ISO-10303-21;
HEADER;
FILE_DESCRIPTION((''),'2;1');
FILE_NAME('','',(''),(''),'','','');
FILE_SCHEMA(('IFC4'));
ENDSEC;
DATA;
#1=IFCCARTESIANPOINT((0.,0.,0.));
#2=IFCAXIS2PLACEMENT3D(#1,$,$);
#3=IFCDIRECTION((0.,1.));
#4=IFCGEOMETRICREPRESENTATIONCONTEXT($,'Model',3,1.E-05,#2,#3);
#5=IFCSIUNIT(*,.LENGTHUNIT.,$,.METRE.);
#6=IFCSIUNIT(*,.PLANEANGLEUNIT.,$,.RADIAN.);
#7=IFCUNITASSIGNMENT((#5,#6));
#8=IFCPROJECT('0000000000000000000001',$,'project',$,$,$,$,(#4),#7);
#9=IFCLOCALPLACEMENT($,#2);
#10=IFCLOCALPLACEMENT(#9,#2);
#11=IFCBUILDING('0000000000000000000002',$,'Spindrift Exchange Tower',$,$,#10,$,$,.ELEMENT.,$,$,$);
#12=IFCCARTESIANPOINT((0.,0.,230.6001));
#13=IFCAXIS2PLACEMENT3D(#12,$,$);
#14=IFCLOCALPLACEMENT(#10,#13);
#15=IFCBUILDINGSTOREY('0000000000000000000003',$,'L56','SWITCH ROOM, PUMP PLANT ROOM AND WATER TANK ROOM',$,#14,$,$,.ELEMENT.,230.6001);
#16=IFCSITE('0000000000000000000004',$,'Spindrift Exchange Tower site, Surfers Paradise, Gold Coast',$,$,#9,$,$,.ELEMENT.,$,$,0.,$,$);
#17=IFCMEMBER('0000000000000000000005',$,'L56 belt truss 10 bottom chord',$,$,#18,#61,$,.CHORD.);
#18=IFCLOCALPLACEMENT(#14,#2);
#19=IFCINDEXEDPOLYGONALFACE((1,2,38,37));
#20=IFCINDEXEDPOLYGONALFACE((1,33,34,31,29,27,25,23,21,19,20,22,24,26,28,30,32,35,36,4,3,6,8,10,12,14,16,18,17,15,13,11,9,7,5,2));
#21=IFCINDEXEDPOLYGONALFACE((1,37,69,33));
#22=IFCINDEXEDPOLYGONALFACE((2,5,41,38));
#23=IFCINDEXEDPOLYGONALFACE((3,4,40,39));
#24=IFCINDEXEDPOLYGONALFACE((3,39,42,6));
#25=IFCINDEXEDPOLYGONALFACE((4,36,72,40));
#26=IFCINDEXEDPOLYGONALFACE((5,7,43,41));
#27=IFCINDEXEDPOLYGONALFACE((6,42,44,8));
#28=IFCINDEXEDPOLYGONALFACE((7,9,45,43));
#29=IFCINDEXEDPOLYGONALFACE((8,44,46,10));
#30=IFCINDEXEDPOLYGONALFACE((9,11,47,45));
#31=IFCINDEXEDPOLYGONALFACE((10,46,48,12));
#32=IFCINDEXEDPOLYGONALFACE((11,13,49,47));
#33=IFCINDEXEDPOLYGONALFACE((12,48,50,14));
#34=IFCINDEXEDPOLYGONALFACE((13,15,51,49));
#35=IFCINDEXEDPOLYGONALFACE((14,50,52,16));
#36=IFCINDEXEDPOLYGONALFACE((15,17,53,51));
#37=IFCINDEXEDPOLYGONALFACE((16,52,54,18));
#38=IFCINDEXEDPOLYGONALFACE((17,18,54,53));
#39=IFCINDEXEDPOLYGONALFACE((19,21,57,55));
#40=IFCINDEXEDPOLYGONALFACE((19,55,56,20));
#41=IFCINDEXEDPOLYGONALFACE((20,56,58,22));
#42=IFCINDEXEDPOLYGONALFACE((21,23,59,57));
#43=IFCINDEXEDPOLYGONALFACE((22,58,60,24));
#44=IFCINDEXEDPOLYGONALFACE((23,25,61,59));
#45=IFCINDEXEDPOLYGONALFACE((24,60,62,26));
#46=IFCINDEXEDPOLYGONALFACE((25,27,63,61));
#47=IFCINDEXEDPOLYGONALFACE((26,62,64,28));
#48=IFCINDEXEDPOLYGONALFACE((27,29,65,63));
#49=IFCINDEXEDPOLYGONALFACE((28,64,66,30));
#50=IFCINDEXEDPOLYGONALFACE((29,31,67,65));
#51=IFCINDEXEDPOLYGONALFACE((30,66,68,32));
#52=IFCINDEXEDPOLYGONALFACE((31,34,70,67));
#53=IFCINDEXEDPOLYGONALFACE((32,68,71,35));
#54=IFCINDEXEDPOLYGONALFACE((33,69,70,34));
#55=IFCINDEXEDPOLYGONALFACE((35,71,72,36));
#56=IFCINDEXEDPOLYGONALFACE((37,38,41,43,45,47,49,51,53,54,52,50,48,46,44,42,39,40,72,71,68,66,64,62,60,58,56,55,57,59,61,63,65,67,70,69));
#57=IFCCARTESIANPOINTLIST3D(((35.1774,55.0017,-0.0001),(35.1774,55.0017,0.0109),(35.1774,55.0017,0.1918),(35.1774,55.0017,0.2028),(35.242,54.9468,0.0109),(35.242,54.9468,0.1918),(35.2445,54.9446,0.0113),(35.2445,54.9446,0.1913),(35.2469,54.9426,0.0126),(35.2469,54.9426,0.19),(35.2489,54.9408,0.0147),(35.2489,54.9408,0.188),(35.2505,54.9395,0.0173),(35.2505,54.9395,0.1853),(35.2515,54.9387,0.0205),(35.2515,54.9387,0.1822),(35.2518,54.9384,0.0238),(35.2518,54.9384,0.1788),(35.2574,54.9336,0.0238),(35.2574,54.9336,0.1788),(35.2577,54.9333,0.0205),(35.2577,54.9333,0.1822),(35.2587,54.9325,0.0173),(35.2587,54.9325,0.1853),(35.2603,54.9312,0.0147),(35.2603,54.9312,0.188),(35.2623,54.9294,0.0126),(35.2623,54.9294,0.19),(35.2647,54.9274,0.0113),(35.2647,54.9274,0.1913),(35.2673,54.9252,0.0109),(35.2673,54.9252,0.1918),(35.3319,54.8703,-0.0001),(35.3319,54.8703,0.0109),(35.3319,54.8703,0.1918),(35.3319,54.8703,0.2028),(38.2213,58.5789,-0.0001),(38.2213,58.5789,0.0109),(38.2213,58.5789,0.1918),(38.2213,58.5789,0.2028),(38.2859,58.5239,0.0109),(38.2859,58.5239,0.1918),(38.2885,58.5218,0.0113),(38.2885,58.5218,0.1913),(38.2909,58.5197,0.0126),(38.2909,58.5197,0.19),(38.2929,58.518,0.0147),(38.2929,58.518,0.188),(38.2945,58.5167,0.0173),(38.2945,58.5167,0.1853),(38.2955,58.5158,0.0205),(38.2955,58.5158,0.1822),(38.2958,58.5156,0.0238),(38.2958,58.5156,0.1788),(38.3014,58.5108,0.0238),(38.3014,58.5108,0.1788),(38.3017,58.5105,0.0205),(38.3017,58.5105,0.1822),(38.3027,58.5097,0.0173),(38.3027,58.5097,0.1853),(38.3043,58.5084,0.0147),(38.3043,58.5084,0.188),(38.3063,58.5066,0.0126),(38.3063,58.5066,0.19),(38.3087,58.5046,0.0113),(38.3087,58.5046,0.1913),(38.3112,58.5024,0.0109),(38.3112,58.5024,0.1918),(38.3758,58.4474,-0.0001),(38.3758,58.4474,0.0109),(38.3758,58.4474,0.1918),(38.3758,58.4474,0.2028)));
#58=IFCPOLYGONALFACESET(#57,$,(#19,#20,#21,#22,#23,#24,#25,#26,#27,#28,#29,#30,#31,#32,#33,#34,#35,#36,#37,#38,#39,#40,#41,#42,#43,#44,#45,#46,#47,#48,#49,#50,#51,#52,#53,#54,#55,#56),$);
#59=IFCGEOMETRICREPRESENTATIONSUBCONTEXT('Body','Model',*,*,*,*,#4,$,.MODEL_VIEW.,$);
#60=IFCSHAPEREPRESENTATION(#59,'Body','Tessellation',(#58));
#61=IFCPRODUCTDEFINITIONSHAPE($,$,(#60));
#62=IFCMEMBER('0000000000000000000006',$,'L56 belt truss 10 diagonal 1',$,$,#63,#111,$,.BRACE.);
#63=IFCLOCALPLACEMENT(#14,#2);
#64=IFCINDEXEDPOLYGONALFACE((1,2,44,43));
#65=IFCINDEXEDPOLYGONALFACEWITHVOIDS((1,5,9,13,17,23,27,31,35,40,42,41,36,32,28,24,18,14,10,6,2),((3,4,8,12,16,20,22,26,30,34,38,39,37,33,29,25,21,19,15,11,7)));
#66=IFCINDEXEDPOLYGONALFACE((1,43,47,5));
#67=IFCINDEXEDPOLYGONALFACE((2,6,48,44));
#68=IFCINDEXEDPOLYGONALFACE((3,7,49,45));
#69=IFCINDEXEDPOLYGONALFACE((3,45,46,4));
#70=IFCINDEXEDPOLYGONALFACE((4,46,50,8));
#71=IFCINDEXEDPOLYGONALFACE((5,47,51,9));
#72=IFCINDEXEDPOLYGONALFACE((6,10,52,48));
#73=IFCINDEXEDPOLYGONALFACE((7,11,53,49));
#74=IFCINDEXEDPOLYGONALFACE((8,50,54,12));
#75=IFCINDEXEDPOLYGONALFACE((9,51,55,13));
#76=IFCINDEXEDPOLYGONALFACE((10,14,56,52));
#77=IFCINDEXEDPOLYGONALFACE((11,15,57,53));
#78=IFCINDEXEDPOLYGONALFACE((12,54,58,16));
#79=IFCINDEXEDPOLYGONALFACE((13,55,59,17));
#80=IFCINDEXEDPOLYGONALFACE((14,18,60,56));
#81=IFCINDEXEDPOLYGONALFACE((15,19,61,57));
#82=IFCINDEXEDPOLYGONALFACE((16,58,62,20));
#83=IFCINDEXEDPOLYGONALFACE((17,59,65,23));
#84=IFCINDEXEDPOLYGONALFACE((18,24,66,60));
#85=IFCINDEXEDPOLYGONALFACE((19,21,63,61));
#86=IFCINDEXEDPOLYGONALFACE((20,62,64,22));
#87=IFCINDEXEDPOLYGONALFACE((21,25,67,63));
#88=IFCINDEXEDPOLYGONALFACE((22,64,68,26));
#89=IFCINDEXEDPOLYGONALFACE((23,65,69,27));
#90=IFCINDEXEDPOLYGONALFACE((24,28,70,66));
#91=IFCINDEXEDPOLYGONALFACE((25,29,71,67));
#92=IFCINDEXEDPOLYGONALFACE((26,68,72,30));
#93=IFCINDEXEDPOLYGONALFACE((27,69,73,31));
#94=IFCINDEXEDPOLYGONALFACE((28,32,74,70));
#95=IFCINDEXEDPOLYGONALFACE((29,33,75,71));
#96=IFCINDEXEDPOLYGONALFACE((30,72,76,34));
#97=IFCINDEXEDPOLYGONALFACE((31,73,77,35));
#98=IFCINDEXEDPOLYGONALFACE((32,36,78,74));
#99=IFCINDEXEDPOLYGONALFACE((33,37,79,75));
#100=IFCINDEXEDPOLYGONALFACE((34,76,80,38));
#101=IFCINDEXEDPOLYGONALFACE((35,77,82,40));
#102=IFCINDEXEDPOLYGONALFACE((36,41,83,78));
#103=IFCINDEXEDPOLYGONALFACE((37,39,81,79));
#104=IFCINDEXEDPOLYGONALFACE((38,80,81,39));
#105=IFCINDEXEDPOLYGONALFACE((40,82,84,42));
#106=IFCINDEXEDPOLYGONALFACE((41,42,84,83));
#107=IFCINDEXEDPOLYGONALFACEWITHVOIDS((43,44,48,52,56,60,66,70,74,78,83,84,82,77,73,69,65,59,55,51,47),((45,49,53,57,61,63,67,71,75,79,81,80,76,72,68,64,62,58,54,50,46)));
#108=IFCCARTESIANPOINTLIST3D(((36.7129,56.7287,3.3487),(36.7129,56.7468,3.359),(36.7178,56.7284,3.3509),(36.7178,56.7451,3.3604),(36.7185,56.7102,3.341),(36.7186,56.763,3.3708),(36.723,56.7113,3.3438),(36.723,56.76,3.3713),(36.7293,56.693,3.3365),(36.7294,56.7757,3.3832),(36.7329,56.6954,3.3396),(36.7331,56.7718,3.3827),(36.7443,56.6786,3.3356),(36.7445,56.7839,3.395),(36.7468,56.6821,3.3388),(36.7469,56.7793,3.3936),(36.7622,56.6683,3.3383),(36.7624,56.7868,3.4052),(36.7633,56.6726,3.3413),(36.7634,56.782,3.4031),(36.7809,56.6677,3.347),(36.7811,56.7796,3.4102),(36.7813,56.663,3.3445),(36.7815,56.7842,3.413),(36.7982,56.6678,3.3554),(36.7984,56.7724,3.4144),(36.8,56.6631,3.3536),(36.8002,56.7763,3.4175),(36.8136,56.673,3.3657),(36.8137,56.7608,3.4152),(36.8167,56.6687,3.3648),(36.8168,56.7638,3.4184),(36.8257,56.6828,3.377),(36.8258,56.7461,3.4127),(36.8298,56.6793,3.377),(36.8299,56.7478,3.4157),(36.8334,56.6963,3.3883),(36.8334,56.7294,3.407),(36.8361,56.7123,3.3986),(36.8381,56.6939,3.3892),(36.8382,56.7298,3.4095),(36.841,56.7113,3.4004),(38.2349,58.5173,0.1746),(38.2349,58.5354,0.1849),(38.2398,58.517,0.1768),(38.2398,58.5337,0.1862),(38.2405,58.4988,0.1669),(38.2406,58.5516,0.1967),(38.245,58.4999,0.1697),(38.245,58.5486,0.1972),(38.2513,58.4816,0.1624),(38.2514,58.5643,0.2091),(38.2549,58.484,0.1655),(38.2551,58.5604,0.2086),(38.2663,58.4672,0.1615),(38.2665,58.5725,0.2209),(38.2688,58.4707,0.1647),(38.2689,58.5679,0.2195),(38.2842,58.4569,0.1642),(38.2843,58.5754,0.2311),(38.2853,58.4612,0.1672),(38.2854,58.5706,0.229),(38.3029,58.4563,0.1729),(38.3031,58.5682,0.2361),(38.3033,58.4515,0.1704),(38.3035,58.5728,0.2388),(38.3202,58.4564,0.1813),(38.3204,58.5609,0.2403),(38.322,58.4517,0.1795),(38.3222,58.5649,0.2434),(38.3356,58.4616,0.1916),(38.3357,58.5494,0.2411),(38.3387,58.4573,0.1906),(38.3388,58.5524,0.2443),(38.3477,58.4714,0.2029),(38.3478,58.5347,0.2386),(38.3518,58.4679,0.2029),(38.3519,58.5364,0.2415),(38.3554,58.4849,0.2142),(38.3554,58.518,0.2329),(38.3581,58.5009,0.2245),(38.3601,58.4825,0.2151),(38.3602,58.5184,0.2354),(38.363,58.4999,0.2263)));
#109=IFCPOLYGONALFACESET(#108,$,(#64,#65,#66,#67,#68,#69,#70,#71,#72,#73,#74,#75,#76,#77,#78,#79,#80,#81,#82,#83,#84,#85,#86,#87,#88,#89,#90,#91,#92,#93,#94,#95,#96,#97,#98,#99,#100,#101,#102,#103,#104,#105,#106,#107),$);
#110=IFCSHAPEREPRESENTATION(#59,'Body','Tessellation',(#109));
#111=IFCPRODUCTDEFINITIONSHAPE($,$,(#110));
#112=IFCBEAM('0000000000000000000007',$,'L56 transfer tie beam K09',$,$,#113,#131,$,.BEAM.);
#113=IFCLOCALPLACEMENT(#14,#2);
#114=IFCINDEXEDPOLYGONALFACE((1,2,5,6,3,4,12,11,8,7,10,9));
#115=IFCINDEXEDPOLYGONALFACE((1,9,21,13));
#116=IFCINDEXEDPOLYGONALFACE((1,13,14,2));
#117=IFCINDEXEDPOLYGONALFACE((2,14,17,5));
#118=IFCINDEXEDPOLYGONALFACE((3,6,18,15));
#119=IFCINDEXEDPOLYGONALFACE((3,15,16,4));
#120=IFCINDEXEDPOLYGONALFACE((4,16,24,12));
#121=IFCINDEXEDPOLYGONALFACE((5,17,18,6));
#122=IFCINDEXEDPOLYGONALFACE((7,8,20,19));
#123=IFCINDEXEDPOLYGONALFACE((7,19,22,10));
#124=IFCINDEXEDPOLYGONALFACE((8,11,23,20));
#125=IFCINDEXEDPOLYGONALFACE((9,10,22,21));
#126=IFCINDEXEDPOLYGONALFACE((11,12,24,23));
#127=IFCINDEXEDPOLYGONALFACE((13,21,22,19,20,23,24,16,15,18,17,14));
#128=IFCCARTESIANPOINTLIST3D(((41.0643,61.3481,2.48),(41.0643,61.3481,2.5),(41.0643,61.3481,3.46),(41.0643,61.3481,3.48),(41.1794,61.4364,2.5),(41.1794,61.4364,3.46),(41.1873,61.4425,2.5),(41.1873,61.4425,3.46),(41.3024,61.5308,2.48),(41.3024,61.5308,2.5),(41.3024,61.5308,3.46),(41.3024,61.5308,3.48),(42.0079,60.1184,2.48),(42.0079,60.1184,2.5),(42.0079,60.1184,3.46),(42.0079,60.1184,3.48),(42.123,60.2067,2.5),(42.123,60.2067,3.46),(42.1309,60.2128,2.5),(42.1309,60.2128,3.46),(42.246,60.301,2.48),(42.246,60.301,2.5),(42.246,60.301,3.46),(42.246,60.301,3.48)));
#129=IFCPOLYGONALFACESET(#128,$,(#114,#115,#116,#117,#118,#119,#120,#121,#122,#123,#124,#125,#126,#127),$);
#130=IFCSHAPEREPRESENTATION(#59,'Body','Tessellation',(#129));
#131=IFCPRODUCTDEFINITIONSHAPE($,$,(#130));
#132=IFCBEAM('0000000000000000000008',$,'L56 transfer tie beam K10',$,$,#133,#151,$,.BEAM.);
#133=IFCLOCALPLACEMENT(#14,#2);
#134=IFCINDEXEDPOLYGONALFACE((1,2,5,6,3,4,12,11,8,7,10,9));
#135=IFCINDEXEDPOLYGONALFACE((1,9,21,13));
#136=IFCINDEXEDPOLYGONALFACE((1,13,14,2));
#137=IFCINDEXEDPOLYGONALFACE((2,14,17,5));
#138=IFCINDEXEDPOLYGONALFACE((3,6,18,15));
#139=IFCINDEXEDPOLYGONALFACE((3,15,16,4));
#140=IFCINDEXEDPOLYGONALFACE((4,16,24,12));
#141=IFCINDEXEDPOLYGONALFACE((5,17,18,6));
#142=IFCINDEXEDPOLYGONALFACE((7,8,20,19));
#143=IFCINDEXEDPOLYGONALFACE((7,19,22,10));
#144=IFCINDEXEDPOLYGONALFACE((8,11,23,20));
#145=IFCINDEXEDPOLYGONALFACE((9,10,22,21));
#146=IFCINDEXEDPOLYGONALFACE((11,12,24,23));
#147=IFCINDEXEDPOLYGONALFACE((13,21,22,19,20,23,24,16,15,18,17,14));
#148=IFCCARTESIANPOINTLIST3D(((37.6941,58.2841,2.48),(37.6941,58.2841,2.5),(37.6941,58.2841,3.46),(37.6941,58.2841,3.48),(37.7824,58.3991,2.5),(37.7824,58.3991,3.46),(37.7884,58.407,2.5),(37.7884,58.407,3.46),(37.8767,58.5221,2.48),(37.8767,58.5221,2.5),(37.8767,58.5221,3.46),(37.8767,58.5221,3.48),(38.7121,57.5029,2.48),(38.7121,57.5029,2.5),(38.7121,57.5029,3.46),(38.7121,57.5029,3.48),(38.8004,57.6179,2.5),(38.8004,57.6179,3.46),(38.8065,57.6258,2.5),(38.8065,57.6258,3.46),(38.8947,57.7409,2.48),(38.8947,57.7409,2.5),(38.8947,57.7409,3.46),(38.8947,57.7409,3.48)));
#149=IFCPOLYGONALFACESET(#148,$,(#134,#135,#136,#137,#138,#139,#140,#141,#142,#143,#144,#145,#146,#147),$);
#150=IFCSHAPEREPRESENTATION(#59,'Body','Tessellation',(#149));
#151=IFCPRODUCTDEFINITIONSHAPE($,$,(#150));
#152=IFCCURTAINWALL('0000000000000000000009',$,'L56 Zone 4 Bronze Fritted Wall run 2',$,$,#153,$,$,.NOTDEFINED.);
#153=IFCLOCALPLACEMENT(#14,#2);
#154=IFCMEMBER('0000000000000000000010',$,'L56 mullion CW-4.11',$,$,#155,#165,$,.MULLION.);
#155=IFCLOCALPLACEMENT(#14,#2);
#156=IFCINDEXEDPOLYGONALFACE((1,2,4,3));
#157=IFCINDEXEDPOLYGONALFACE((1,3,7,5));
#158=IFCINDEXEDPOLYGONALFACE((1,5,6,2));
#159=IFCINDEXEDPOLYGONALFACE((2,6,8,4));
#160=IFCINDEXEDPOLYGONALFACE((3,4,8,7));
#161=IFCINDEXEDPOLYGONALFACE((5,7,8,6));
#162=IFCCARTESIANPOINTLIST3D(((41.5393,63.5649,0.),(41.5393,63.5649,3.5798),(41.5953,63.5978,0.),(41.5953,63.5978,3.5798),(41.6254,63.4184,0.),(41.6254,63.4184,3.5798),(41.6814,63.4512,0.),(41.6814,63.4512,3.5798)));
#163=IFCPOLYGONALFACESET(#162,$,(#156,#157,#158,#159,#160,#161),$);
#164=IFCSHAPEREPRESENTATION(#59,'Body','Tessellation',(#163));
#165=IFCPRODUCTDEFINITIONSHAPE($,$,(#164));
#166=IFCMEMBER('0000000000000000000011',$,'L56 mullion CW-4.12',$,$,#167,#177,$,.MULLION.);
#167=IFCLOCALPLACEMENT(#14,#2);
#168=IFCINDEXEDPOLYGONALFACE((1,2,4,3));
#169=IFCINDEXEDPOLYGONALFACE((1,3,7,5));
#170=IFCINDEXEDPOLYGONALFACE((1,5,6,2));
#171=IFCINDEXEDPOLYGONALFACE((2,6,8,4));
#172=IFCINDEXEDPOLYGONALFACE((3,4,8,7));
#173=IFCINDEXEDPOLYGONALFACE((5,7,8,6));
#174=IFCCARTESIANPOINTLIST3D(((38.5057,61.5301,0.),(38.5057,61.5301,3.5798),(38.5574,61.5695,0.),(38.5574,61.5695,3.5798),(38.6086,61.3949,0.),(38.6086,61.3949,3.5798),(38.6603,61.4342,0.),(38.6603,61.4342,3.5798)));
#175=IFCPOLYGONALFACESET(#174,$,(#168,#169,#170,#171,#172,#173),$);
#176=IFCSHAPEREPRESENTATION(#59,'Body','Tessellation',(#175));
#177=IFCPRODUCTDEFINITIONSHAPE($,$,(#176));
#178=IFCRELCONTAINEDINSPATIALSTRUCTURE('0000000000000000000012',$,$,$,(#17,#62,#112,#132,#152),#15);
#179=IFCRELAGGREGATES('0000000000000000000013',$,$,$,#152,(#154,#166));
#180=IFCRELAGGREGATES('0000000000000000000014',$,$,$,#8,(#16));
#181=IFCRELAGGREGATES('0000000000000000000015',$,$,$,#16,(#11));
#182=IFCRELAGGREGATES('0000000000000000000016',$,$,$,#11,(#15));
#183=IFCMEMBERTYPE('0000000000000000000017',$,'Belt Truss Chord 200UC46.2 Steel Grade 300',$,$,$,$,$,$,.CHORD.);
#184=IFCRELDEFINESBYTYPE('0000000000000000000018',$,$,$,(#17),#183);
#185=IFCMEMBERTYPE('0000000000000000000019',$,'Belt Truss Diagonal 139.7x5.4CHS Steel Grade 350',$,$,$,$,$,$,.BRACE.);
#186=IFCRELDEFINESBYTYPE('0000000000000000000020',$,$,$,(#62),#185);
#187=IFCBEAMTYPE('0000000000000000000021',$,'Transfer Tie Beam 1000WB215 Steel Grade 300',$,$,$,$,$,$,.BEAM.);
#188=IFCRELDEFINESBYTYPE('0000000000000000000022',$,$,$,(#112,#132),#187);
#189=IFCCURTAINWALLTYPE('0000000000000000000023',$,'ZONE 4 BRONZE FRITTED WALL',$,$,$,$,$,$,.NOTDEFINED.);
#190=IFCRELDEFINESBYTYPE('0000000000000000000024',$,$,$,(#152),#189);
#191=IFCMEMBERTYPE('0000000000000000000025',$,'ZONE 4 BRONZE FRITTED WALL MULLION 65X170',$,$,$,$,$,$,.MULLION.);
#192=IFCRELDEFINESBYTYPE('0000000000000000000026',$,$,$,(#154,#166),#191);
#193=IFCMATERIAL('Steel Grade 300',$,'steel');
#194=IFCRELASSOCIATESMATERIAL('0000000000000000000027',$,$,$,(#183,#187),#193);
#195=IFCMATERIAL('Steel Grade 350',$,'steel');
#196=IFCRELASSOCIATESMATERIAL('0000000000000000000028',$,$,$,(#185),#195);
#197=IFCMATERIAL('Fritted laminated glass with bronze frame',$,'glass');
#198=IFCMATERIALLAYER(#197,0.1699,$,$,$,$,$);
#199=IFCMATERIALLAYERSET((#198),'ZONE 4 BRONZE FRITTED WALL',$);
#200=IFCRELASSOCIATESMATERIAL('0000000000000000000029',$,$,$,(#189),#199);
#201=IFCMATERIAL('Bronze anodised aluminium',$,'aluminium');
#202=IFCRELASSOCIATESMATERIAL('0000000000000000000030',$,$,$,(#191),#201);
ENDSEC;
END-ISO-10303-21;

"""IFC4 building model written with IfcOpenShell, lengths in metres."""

from ifc_helpers import new_model, si_unit, direction, frame, origin, origin_2d, place, context, subcontext, project, spatial, rectangle, hollow_circle, i_section, extrude, source, transform, mapped, material, layer, layer_set, material_profile, profile_set, type_object, element, aggregate, save


model = new_model("IFC4")

# Units and contexts
model_context = context("Model", 3, precision=1e-05, world=origin(), true_north=direction((0.0, 1.0)))
body_context = subcontext(model_context, "Body", "Model", "MODEL_VIEW")
ifc_project = project(units=[si_unit("LENGTHUNIT", "METRE"), si_unit("PLANEANGLEUNIT", "RADIAN")], contexts=[model_context])

# Site, building, storey
site_placement = place(None, origin())
site = spatial("IfcSite", under=ifc_project, at=site_placement, Name="Spindrift Exchange Tower site, Surfers Paradise, Gold Coast", CompositionType="ELEMENT", RefElevation=0.0)
building_placement = place(site_placement, origin())
building = spatial("IfcBuilding", under=site, at=building_placement, Name="Spindrift Exchange Tower", CompositionType="ELEMENT")
storey_placement = place(building_placement, frame((0.0, 0.0, 230.6001)))
storey = spatial("IfcBuildingStorey", under=building, at=storey_placement, Name="L56", Description="SWITCH ROOM, PUMP PLANT ROOM AND WATER TANK ROOM", CompositionType="ELEMENT", Elevation=230.6001)

# Shared definitions
ifc_material_1 = material(Name="Steel Grade 300", Category="steel")

# Members
ifc_material_profile_1 = material_profile(ifc_material_1, i_section(OverallWidth=0.2029, OverallDepth=0.2029, WebThickness=0.0073, FlangeThickness=0.011, FilletRadius=0.0129, at=origin_2d()), Name="200UC46.2")
ifc_profile_set_1 = profile_set([ifc_material_profile_1], Name="Steel Grade 300")
member_type_1 = type_object("IfcMemberType", Name="Belt Truss Chord 200UC46.2 Steel Grade 300", PredefinedType="CHORD", material=ifc_profile_set_1)
ifc_material_2 = material(Name="Steel Grade 350", Category="steel")
ifc_material_profile_2 = material_profile(ifc_material_2, hollow_circle(Radius=0.0698, WallThickness=0.0054, at=origin_2d()), Name="139.7x5.4CHS")
ifc_profile_set_2 = profile_set([ifc_material_profile_2], Name="Steel Grade 350")
member_type_2 = type_object("IfcMemberType", Name="Belt Truss Diagonal 139.7x5.4CHS Steel Grade 350", PredefinedType="BRACE", material=ifc_profile_set_2)
shared_shape_1 = source(origin(), body_context, "Body", "SweptSolid", [
    extrude(i_section(OverallWidth=0.2029, OverallDepth=0.2029, WebThickness=0.0073, FlangeThickness=0.011, FilletRadius=0.0129, at=origin_2d()), origin(), (0.0, 0.0, 1.0), 4.697),
])
for number, where, z_axis, x_axis, name in (
    (1, (38.2986, 58.5132, 0.1013), (-0.648065, -0.761585, 0.0), (0.761585, -0.648065, 0.0), "L56 belt truss 10 bottom chord"),
):
    element("IfcMember", number, at=place(storey_placement, frame(where, z_axis=z_axis, x_axis=x_axis)), inside=storey, type_object=member_type_1, Name=name, PredefinedType="CHORD", context=body_context, shape_type="MappedRepresentation", body=[
        mapped(shared_shape_1, transform((0.0, 0.0, 0.0), scale=1.0)),
    ])
shared_shape_2 = source(origin(), body_context, "Body", "SweptSolid", [
    extrude(hollow_circle(Radius=0.0698, WallThickness=0.0054, at=origin_2d()), origin(), (0.0, 0.0, 1.0), 3.9485),
])
member_1_placement = place(storey_placement, frame((38.2986, 58.5132, 0.2029), z_axis=(-0.385462, -0.452983, 0.803881), x_axis=(0.761585, -0.648065, 0.0)))
element("IfcMember", 2, at=member_1_placement, inside=storey, type_object=member_type_2, Name="L56 belt truss 10 diagonal 1", PredefinedType="BRACE", context=body_context, shape_type="MappedRepresentation", body=[
    mapped(shared_shape_2, transform((0.0, 0.0, 0.0), scale=1.0)),
])

# Beams
ifc_material_profile_3 = material_profile(ifc_material_1, i_section(OverallWidth=0.3, OverallDepth=1.0, WebThickness=0.01, FlangeThickness=0.02, at=origin_2d()), Name="1000WB215")
ifc_profile_set_3 = profile_set([ifc_material_profile_3], Name="Steel Grade 300")
beam_type_1 = type_object("IfcBeamType", Name="Transfer Tie Beam 1000WB215 Steel Grade 300", PredefinedType="BEAM", material=ifc_profile_set_3)
shared_shape_3 = source(origin(), body_context, "Body", "SweptSolid", [
    extrude(i_section(OverallWidth=0.3, OverallDepth=1.0, WebThickness=0.01, FlangeThickness=0.02, at=origin_2d()), origin(), (0.0, 0.0, 1.0), 1.55),
])
beam_1_placement = place(storey_placement, frame((41.1833, 61.4395, 2.98), z_axis=(0.608759, -0.793355, 0.0), x_axis=(0.793355, 0.608759, 0.0)))
element("IfcBeam", 3, at=beam_1_placement, inside=storey, type_object=beam_type_1, Name="L56 transfer tie beam K09", PredefinedType="BEAM", context=body_context, shape_type="MappedRepresentation", body=[
    mapped(shared_shape_3, transform((0.0, 0.0, 0.0), scale=1.0)),
])
shared_shape_4 = source(origin(), body_context, "Body", "SweptSolid", [
    extrude(i_section(OverallWidth=0.3, OverallDepth=1.0, WebThickness=0.01, FlangeThickness=0.02, at=origin_2d()), origin(), (0.0, 0.0, 1.0), 1.2832),
])
beam_2_placement = place(storey_placement, frame((37.7854, 58.4031, 2.98), z_axis=(0.793331, -0.608791, 0.0), x_axis=(0.608791, 0.793331, 0.0)))
element("IfcBeam", 4, at=beam_2_placement, inside=storey, type_object=beam_type_1, Name="L56 transfer tie beam K10", PredefinedType="BEAM", context=body_context, shape_type="MappedRepresentation", body=[
    mapped(shared_shape_4, transform((0.0, 0.0, 0.0), scale=1.0)),
])

# Curtain wall, members
ifc_material_3 = material(Name="Fritted laminated glass with bronze frame", Category="glass")
ifc_layer_1 = layer(ifc_material_3, 0.1699)
ifc_layer_set_1 = layer_set([ifc_layer_1], Name="ZONE 4 BRONZE FRITTED WALL")
curtain_wall_type = type_object("IfcCurtainWallType", Name="ZONE 4 BRONZE FRITTED WALL", PredefinedType="NOTDEFINED", material=ifc_layer_set_1)
curtain_wall_1_placement = place(storey_placement, origin())
curtain_wall_1 = element("IfcCurtainWall", 5, at=curtain_wall_1_placement, inside=storey, type_object=curtain_wall_type, Name="L56 Zone 4 Bronze Fritted Wall run 2", PredefinedType="NOTDEFINED")
ifc_material_4 = material(Name="Bronze anodised aluminium", Category="aluminium")
ifc_material_profile_4 = material_profile(ifc_material_4, rectangle(XDim=0.0649, YDim=0.1699, at=origin_2d()), Name="ZONE 4 BRONZE FRITTED WALL MULLION 65X170")
ifc_profile_set_4 = profile_set([ifc_material_profile_4], Name="Bronze anodised aluminium")
member_type_3 = type_object("IfcMemberType", Name="ZONE 4 BRONZE FRITTED WALL MULLION 65X170", PredefinedType="MULLION", material=ifc_profile_set_4)
shared_shape_5 = source(origin(), body_context, "Body", "SweptSolid", [
    extrude(rectangle(XDim=0.0649, YDim=0.1699, at=origin_2d()), origin(), (0.0, 0.0, 1.0), 3.5798),
])
member_2_placement = place(storey_placement, frame((41.6104, 63.5081, 0.0), z_axis=(0.0, 0.0, 1.0), x_axis=(-0.862224, -0.506527, 0.0)))
member_2 = element("IfcMember", 6, at=member_2_placement, type_object=member_type_3, Name="L56 mullion CW-4.11", PredefinedType="MULLION", context=body_context, shape_type="MappedRepresentation", body=[
    mapped(shared_shape_5, transform((0.0, 0.0, 0.0), scale=1.0)),
])
member_3_placement = place(storey_placement, frame((38.583, 61.4822, 0.0), z_axis=(0.0, 0.0, 1.0), x_axis=(-0.795793, -0.605569, 0.0)))
member_3 = element("IfcMember", 7, at=member_3_placement, type_object=member_type_3, Name="L56 mullion CW-4.12", PredefinedType="MULLION", context=body_context, shape_type="MappedRepresentation", body=[
    mapped(shared_shape_5, transform((0.0, 0.0, 0.0), scale=1.0)),
])

aggregate(curtain_wall_1, [member_2, member_3])

save(model, "model.ifc")
